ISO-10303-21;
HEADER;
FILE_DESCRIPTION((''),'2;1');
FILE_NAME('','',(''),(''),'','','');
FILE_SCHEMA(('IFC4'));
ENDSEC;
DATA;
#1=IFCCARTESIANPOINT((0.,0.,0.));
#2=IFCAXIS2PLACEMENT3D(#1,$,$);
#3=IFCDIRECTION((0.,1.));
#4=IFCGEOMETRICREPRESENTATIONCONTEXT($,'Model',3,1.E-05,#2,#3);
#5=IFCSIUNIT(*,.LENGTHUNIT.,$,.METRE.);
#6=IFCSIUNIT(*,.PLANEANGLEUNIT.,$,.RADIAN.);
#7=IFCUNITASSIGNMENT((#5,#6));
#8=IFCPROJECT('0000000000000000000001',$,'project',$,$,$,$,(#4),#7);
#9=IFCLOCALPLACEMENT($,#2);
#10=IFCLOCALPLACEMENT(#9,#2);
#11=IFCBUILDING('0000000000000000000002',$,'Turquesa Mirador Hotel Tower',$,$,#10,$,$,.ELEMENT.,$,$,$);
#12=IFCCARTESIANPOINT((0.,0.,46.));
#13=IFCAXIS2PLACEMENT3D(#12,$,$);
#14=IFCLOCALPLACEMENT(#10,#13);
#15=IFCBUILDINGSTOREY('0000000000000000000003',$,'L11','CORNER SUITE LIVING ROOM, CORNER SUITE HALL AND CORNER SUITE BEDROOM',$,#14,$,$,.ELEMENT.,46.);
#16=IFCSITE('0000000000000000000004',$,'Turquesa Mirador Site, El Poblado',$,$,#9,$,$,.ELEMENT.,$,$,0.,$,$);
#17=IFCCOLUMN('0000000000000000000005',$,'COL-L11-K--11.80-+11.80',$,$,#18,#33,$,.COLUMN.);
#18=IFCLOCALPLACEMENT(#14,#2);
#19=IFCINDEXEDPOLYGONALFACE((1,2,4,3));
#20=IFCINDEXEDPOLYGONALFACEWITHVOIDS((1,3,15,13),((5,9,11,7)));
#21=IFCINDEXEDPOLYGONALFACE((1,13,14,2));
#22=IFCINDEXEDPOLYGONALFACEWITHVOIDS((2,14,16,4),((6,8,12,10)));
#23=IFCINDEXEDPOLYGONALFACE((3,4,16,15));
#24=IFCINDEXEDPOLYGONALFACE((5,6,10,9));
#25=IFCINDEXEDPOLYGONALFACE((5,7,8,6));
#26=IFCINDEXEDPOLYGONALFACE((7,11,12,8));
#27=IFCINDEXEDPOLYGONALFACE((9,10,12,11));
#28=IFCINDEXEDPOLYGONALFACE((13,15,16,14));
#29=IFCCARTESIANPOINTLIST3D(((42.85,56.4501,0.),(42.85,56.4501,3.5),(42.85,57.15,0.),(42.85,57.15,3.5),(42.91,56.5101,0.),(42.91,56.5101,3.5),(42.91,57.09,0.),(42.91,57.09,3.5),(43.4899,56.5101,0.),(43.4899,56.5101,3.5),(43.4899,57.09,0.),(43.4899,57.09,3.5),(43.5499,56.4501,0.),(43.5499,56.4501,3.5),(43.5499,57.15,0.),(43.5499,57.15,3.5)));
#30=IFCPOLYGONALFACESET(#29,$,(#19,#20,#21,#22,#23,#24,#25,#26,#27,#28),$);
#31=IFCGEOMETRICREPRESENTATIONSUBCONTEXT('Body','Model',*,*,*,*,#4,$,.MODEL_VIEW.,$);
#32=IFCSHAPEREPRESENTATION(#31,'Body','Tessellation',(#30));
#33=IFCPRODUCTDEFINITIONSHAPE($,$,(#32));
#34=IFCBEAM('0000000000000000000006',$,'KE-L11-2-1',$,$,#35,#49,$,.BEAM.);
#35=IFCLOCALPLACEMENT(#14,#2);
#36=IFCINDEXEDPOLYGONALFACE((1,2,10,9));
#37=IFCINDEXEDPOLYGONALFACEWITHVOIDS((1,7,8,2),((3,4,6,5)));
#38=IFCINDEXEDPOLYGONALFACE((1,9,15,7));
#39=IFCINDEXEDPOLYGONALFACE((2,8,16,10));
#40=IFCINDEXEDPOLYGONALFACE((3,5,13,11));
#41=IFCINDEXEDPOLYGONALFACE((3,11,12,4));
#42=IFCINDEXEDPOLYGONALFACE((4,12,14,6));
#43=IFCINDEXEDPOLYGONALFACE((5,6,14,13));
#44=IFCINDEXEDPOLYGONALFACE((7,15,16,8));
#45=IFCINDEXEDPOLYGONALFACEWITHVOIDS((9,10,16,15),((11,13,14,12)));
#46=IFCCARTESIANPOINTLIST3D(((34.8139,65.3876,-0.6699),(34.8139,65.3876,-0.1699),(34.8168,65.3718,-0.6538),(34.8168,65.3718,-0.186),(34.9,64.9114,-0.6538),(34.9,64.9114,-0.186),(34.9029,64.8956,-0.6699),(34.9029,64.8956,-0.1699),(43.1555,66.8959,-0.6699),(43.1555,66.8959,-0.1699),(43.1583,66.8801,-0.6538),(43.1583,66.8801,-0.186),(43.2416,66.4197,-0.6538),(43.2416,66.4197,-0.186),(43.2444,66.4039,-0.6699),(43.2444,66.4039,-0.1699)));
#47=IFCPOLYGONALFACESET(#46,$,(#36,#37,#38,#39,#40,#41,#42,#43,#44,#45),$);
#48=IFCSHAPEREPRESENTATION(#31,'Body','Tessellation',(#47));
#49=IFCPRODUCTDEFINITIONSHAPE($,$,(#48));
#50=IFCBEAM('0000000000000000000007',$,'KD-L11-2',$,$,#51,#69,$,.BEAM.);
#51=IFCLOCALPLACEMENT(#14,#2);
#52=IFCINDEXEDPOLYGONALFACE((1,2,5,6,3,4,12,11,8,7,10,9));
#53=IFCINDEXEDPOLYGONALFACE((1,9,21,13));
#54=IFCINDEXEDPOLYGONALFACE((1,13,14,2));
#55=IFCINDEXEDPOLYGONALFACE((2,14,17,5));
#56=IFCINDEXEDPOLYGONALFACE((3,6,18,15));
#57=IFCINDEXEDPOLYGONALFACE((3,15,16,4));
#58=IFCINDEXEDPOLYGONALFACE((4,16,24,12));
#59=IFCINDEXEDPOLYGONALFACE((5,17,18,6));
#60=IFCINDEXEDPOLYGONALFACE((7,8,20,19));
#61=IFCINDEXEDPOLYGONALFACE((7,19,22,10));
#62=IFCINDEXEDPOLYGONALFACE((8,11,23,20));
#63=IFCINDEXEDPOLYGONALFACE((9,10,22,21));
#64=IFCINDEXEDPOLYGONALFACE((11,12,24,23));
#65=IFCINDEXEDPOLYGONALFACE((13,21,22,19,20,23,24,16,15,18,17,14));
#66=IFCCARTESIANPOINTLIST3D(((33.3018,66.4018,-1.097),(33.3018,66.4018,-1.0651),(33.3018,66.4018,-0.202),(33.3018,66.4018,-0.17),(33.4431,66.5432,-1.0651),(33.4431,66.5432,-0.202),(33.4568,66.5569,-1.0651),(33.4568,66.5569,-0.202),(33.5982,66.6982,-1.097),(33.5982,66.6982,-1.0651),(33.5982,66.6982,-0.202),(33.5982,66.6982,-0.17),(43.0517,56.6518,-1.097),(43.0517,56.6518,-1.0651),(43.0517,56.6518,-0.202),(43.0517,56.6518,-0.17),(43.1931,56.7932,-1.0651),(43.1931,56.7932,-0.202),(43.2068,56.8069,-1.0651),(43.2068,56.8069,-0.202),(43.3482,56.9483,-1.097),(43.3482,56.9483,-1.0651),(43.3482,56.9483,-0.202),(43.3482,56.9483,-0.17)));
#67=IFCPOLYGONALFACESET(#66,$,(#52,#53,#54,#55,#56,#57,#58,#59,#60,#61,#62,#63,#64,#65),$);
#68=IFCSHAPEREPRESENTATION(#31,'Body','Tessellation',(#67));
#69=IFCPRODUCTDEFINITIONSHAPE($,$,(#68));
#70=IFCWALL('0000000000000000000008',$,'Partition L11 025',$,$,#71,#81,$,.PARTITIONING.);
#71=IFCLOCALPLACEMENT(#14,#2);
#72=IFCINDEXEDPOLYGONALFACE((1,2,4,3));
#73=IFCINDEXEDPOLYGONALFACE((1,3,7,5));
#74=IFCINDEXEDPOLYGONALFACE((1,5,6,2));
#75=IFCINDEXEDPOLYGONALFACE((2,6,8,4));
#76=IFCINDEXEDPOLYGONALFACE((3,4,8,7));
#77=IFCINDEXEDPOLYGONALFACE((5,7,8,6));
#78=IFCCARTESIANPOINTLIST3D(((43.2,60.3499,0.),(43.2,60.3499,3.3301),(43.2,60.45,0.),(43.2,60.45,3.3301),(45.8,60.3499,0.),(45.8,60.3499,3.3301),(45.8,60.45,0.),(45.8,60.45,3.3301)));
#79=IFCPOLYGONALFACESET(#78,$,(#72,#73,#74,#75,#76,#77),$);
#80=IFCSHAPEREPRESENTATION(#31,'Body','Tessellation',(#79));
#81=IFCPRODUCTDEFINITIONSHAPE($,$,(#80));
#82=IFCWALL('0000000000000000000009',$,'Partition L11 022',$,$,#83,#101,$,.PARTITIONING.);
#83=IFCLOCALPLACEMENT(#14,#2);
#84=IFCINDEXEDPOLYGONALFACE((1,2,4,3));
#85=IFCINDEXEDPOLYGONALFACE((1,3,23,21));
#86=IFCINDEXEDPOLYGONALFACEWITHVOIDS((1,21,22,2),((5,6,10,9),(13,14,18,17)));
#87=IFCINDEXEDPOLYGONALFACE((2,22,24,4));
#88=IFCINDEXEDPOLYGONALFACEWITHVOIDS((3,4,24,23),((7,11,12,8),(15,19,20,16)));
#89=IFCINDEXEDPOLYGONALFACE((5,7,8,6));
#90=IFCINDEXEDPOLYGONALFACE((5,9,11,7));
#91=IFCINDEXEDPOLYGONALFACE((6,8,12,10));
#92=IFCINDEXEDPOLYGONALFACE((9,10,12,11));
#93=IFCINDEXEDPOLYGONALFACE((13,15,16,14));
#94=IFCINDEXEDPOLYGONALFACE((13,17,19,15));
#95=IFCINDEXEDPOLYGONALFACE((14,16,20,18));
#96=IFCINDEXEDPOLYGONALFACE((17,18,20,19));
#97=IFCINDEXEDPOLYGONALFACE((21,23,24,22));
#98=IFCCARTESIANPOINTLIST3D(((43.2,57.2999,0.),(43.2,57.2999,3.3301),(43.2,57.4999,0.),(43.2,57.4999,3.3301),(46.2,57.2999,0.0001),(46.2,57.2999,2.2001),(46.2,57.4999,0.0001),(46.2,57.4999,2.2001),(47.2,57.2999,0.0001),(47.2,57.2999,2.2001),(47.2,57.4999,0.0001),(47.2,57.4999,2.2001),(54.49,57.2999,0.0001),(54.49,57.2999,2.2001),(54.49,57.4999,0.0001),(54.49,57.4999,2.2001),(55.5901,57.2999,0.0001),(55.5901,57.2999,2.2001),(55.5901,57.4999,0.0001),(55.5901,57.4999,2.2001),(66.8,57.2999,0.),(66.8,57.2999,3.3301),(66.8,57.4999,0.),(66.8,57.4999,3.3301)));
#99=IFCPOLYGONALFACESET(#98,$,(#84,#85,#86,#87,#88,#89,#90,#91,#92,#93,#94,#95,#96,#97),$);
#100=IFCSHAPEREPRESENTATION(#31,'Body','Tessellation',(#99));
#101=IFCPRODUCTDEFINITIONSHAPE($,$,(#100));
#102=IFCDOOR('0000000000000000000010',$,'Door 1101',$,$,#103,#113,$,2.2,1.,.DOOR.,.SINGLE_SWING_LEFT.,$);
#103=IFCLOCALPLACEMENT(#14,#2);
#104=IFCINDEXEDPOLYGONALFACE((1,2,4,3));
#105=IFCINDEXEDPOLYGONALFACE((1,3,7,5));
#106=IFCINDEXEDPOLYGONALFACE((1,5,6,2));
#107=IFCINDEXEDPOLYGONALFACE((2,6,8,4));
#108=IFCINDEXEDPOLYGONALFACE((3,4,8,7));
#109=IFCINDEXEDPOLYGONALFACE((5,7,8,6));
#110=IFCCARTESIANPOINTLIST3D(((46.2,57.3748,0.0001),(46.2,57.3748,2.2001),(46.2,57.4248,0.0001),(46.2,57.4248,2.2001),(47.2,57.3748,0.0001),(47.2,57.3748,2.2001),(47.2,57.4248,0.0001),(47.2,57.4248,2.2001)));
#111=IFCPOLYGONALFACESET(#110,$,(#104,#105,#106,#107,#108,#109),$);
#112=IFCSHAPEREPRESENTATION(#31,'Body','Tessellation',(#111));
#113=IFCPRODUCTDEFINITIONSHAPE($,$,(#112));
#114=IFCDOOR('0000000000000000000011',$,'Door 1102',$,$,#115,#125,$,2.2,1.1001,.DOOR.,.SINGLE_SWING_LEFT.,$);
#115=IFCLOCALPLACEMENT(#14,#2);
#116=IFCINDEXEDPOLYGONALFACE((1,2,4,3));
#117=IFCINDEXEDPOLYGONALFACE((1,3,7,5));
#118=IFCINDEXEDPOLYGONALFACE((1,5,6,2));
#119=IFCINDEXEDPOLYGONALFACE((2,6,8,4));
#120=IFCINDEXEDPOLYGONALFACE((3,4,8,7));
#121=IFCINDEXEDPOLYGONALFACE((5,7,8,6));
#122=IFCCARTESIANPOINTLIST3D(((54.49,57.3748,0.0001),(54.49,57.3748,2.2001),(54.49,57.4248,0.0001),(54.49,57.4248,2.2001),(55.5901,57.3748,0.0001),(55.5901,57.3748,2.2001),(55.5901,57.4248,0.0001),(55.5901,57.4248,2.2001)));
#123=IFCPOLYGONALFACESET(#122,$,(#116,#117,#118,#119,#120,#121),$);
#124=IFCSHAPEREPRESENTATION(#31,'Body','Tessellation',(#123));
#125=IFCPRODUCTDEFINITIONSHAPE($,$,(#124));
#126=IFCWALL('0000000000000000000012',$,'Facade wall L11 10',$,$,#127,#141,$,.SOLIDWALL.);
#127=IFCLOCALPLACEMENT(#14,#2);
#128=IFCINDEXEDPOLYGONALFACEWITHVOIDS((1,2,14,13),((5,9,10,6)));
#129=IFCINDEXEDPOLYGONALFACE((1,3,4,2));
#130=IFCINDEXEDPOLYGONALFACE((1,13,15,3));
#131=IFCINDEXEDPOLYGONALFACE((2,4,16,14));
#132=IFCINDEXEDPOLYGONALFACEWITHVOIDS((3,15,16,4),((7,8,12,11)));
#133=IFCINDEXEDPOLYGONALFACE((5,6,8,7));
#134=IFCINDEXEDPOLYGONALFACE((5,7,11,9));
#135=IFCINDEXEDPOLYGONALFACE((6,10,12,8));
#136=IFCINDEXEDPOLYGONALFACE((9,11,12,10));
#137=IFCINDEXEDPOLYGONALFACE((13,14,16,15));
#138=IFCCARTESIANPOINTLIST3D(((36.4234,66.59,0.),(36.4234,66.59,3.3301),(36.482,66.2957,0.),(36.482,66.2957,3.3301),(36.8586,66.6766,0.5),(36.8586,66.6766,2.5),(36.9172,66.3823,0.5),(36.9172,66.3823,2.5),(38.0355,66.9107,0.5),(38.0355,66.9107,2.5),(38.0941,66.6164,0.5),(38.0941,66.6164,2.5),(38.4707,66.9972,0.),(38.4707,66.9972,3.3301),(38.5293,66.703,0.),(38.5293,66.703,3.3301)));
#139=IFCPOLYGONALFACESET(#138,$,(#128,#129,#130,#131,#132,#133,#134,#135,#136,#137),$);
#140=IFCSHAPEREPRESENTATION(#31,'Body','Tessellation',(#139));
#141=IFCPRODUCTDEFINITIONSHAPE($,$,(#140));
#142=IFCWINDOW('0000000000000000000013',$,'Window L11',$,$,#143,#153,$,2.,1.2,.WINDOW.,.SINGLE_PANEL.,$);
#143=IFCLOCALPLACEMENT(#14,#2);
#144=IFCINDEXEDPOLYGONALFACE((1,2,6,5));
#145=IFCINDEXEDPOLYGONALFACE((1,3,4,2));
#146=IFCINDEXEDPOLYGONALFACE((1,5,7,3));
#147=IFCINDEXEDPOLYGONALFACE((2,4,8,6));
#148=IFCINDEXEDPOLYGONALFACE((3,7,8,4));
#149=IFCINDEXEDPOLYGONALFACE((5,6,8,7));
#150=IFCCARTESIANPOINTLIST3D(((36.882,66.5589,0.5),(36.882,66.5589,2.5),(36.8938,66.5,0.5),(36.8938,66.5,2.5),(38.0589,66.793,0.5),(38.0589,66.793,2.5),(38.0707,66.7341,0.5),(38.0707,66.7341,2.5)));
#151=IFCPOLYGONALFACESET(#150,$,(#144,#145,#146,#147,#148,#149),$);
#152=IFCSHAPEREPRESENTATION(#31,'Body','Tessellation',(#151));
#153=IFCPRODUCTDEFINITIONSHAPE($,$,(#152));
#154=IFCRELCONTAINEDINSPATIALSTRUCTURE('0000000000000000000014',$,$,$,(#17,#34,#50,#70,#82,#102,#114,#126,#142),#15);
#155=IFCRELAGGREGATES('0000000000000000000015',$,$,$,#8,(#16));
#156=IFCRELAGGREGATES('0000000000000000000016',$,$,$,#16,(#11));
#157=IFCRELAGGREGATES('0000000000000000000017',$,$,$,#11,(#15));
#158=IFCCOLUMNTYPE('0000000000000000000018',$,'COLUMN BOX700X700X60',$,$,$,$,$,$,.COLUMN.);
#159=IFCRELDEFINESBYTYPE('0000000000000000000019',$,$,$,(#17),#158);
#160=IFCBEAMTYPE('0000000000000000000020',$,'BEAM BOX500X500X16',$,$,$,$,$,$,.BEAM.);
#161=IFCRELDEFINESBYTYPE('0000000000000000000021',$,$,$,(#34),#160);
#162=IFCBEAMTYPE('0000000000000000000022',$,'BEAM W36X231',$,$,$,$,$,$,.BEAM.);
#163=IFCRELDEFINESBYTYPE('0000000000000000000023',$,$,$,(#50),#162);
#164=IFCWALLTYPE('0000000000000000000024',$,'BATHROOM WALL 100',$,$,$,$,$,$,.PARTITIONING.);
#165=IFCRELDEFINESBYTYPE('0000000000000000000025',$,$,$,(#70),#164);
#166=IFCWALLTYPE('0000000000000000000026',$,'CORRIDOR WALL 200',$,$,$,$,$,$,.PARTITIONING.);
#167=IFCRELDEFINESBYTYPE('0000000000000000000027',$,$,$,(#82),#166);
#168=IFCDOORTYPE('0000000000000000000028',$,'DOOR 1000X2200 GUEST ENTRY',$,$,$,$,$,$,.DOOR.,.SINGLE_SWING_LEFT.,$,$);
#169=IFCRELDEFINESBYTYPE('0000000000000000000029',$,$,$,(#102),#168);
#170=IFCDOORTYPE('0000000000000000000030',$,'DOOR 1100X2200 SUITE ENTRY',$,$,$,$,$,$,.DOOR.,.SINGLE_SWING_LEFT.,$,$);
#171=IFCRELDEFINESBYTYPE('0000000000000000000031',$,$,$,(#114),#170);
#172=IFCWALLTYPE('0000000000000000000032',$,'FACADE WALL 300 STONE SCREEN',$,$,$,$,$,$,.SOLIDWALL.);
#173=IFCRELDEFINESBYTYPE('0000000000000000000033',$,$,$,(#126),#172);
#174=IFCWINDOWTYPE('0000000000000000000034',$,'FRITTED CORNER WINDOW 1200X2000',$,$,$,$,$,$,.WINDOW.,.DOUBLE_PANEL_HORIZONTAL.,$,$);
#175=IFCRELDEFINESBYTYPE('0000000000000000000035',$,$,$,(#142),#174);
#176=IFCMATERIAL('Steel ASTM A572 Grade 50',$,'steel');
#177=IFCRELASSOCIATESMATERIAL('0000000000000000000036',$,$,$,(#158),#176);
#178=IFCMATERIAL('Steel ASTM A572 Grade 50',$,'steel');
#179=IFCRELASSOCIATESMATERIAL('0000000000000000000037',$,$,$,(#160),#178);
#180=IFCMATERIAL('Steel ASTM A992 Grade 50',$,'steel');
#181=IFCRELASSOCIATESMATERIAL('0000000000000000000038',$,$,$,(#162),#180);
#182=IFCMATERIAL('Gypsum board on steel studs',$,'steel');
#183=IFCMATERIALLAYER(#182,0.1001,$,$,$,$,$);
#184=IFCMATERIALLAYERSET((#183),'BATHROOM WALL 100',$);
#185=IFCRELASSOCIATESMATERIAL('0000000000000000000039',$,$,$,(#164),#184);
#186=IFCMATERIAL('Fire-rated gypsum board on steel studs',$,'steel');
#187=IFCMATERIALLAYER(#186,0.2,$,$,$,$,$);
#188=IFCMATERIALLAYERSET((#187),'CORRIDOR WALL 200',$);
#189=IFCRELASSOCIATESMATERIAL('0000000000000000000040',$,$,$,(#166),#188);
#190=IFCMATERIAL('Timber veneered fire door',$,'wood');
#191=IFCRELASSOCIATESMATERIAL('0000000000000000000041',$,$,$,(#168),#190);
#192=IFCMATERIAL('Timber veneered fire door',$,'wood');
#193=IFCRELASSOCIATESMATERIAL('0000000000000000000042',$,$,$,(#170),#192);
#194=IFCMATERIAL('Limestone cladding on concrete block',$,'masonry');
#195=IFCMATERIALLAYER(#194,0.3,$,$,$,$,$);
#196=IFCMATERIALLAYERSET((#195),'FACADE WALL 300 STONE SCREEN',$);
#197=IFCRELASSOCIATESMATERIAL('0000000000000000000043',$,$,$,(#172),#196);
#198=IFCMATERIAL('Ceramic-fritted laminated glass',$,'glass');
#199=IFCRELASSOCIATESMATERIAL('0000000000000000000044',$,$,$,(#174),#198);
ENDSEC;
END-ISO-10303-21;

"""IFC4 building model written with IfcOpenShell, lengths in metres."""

from ifc_helpers import new_model, si_unit, direction, frame, frame_2d, origin, origin_2d, place, context, subcontext, project, spatial, rectangle, hollow_rectangle, i_section, extrude, material, layer, layer_set, material_profile, profile_set, type_object, element, fill, save


model = new_model("IFC4")

# Units and contexts
model_context = context("Model", 3, precision=1e-05, world=origin(), true_north=direction((0.0, 1.0)))
body_context = subcontext(model_context, "Body", "Model", "MODEL_VIEW")
ifc_project = project(units=[si_unit("LENGTHUNIT", "METRE"), si_unit("PLANEANGLEUNIT", "RADIAN")], contexts=[model_context])

# Site, building, storey
site_placement = place(None, origin())
site = spatial("IfcSite", under=ifc_project, at=site_placement, Name="Turquesa Mirador Site, El Poblado", CompositionType="ELEMENT", RefElevation=0.0)
building_placement = place(site_placement, origin())
building = spatial("IfcBuilding", under=site, at=building_placement, Name="Turquesa Mirador Hotel Tower", CompositionType="ELEMENT")
storey_placement = place(building_placement, frame((0.0, 0.0, 46.0)))
storey = spatial("IfcBuildingStorey", under=building, at=storey_placement, Name="L11", Description="CORNER SUITE LIVING ROOM, CORNER SUITE HALL AND CORNER SUITE BEDROOM", CompositionType="ELEMENT", Elevation=46.0)

# Column
ifc_material_1 = material(Name="Steel ASTM A572 Grade 50", Category="steel")
ifc_material_profile_1 = material_profile(ifc_material_1, hollow_rectangle(XDim=0.7, YDim=0.7, WallThickness=0.0601, at=origin_2d()), Name="BOX700X700X60")
ifc_profile_set_1 = profile_set([ifc_material_profile_1], Name="Steel ASTM A572 Grade 50")
column_type = type_object("IfcColumnType", Name="COLUMN BOX700X700X60", PredefinedType="COLUMN", material=ifc_profile_set_1)
column_placement = place(storey_placement, frame((43.2, 56.8, 0.0), z_axis=(0.0, 0.0, 1.0), x_axis=(1.0, 0.0, 0.0)))
element("IfcColumn", 1, at=column_placement, inside=storey, type_object=column_type, Name="COL-L11-K--11.80-+11.80", PredefinedType="COLUMN", context=body_context, shape_type="SweptSolid", body=[
    extrude(hollow_rectangle(XDim=0.7, YDim=0.7, WallThickness=0.0601, at=origin_2d()), origin(), (0.0, 0.0, 1.0), 3.5),
])

# Beams
ifc_material_2 = material(Name="Steel ASTM A572 Grade 50", Category="steel")
ifc_material_profile_2 = material_profile(ifc_material_2, hollow_rectangle(XDim=0.5, YDim=0.5, WallThickness=0.0161, at=origin_2d()), Name="BOX500X500X16")
ifc_profile_set_2 = profile_set([ifc_material_profile_2], Name="Steel ASTM A572 Grade 50")
beam_type_1 = type_object("IfcBeamType", Name="BEAM BOX500X500X16", PredefinedType="BEAM", material=ifc_profile_set_2)
beam_1_placement = place(storey_placement, frame((34.8584, 65.1416, -0.4199), z_axis=(0.984043, 0.177932, 0.0), x_axis=(-0.177932, 0.984043, 0.0)))
element("IfcBeam", 2, at=beam_1_placement, inside=storey, type_object=beam_type_1, Name="KE-L11-2-1", PredefinedType="BEAM", context=body_context, shape_type="SweptSolid", body=[
    extrude(hollow_rectangle(XDim=0.5, YDim=0.5, WallThickness=0.0161, at=origin_2d()), origin(), (0.0, 0.0, 1.0), 8.4768),
])
ifc_material_3 = material(Name="Steel ASTM A992 Grade 50", Category="steel")
ifc_material_profile_3 = material_profile(ifc_material_3, i_section(OverallWidth=0.4192, OverallDepth=0.927, WebThickness=0.0193, FlangeThickness=0.032, at=origin_2d()), Name="W36X231")
ifc_profile_set_3 = profile_set([ifc_material_profile_3], Name="Steel ASTM A992 Grade 50")
beam_type_2 = type_object("IfcBeamType", Name="BEAM W36X231", PredefinedType="BEAM", material=ifc_profile_set_3)
beam_2_placement = place(storey_placement, frame((43.2, 56.8, -0.6335), z_axis=(-0.707107, 0.707107, 0.0), x_axis=(-0.707107, -0.707107, 0.0)))
element("IfcBeam", 3, at=beam_2_placement, inside=storey, type_object=beam_type_2, Name="KD-L11-2", PredefinedType="BEAM", context=body_context, shape_type="SweptSolid", body=[
    extrude(i_section(OverallWidth=0.4192, OverallDepth=0.927, WebThickness=0.0193, FlangeThickness=0.032, at=origin_2d()), origin(), (0.0, 0.0, 1.0), 13.7886),
])

# Wall
ifc_material_4 = material(Name="Gypsum board on steel studs", Category="steel")
ifc_layer_1 = layer(ifc_material_4, 0.1001)
ifc_layer_set_1 = layer_set([ifc_layer_1], Name="BATHROOM WALL 100")
wall_type_1 = type_object("IfcWallType", Name="BATHROOM WALL 100", PredefinedType="PARTITIONING", material=ifc_layer_set_1)
wall_1_placement = place(storey_placement, frame((43.2, 60.3999, 0.0), z_axis=(0.0, 0.0, 1.0), x_axis=(1.0, 0.0, 0.0)))
element("IfcWall", 4, at=wall_1_placement, inside=storey, type_object=wall_type_1, Name="Partition L11 025", PredefinedType="PARTITIONING", context=body_context, shape_type="SweptSolid", body=[
    extrude(rectangle(XDim=2.6001, YDim=0.1001, at=frame_2d((1.3, 0.0))), origin(), (0.0, 0.0, 1.0), 3.3301),
])

# Wall, openings, doors
ifc_material_5 = material(Name="Fire-rated gypsum board on steel studs", Category="steel")
ifc_layer_2 = layer(ifc_material_5, 0.2)
ifc_layer_set_2 = layer_set([ifc_layer_2], Name="CORRIDOR WALL 200")
wall_type_2 = type_object("IfcWallType", Name="CORRIDOR WALL 200", PredefinedType="PARTITIONING", material=ifc_layer_set_2)
wall_2_placement = place(storey_placement, frame((43.2, 57.3999, 0.0), z_axis=(0.0, 0.0, 1.0), x_axis=(1.0, 0.0, 0.0)))
wall_2 = element("IfcWall", 5, at=wall_2_placement, inside=storey, type_object=wall_type_2, Name="Partition L11 022", PredefinedType="PARTITIONING", context=body_context, shape_type="SweptSolid", body=[
    extrude(rectangle(XDim=23.6001, YDim=0.2, at=frame_2d((11.8, 0.0))), origin(), (0.0, 0.0, 1.0), 3.3301),
])
opening_1_placement = place(wall_2_placement, frame((3.0, 0.0, 0.0)))
opening_1 = element("IfcOpeningElement", 6, at=opening_1_placement, cuts=wall_2, PredefinedType="OPENING", context=body_context, shape_type="SweptSolid", body=[
    extrude(rectangle(XDim=1.0, YDim=2.2, at=frame_2d((0.5, 1.1001))), frame((0.0, 0.1099, 0.0), z_axis=(0.0, -1.0, 0.0), x_axis=(1.0, 0.0, 0.0)), (0.0, 0.0, 1.0), 0.22),
])
opening_2_placement = place(wall_2_placement, frame((11.29, 0.0, 0.0)))
opening_2 = element("IfcOpeningElement", 7, at=opening_2_placement, cuts=wall_2, PredefinedType="OPENING", context=body_context, shape_type="SweptSolid", body=[
    extrude(rectangle(XDim=1.1001, YDim=2.2, at=frame_2d((0.55, 1.1001))), frame((0.0, 0.1099, 0.0), z_axis=(0.0, -1.0, 0.0), x_axis=(1.0, 0.0, 0.0)), (0.0, 0.0, 1.0), 0.22),
])
ifc_material_6 = material(Name="Timber veneered fire door", Category="wood")
door_type_1 = type_object("IfcDoorType", Name="DOOR 1000X2200 GUEST ENTRY", OperationType="SINGLE_SWING_LEFT", PredefinedType="DOOR", material=ifc_material_6)
door_1_placement = place(opening_1_placement, origin())
door_1 = element("IfcDoor", 8, at=door_1_placement, inside=storey, type_object=door_type_1, Name="Door 1101", OperationType="SINGLE_SWING_LEFT", OverallHeight=2.2, OverallWidth=1.0, PredefinedType="DOOR", context=body_context, shape_type="SweptSolid", body=[
    extrude(rectangle(XDim=1.0, YDim=2.2, at=frame_2d((0.5, 1.1001))), frame((0.0, 0.0249, 0.0), z_axis=(0.0, -1.0, 0.0), x_axis=(1.0, 0.0, 0.0)), (0.0, 0.0, 1.0), 0.05),
])
fill(opening_1, door_1)
ifc_material_7 = material(Name="Timber veneered fire door", Category="wood")
door_type_2 = type_object("IfcDoorType", Name="DOOR 1100X2200 SUITE ENTRY", OperationType="SINGLE_SWING_LEFT", PredefinedType="DOOR", material=ifc_material_7)
door_2_placement = place(opening_2_placement, origin())
door_2 = element("IfcDoor", 9, at=door_2_placement, inside=storey, type_object=door_type_2, Name="Door 1102", OperationType="SINGLE_SWING_LEFT", OverallHeight=2.2, OverallWidth=1.1001, PredefinedType="DOOR", context=body_context, shape_type="SweptSolid", body=[
    extrude(rectangle(XDim=1.1001, YDim=2.2, at=frame_2d((0.55, 1.1001))), frame((0.0, 0.0249, 0.0), z_axis=(0.0, -1.0, 0.0), x_axis=(1.0, 0.0, 0.0)), (0.0, 0.0, 1.0), 0.05),
])
fill(opening_2, door_2)

# Wall, opening, window
ifc_material_8 = material(Name="Limestone cladding on concrete block", Category="masonry")
ifc_layer_3 = layer(ifc_material_8, 0.3)
ifc_layer_set_3 = layer_set([ifc_layer_3], Name="FACADE WALL 300 STONE SCREEN")
wall_type_3 = type_object("IfcWallType", Name="FACADE WALL 300 STONE SCREEN", PredefinedType="SOLIDWALL", material=ifc_layer_set_3)
wall_3_placement = place(storey_placement, frame((38.5, 66.8501, 0.0), z_axis=(0.0, 0.0, 1.0), x_axis=(-0.980787, -0.195081, 0.0)))
wall_3 = element("IfcWall", 10, at=wall_3_placement, inside=storey, type_object=wall_type_3, Name="Facade wall L11 10", PredefinedType="SOLIDWALL", context=body_context, shape_type="SweptSolid", body=[
    extrude(rectangle(XDim=2.0874, YDim=0.3, at=frame_2d((1.0437, 0.0))), origin(), (0.0, 0.0, 1.0), 3.3301),
])
opening_3_placement = place(wall_3_placement, frame((0.4436, 0.0, 0.5)))
opening_3 = element("IfcOpeningElement", 11, at=opening_3_placement, cuts=wall_3, PredefinedType="OPENING", context=body_context, shape_type="SweptSolid", body=[
    extrude(rectangle(XDim=1.2, YDim=2.0, at=frame_2d((0.6001, 1.0))), frame((0.0, 0.1599, 0.0), z_axis=(0.0, -1.0, 0.0), x_axis=(1.0, 0.0, 0.0)), (0.0, 0.0, 1.0), 0.3201),
])
ifc_material_9 = material(Name="Ceramic-fritted laminated glass", Category="glass")
window_type = type_object("IfcWindowType", Name="FRITTED CORNER WINDOW 1200X2000", PartitioningType="DOUBLE_PANEL_HORIZONTAL", PredefinedType="WINDOW", material=ifc_material_9)
window_1_placement = place(opening_3_placement, origin())
window_1 = element("IfcWindow", 12, at=window_1_placement, inside=storey, type_object=window_type, Name="Window L11", OverallHeight=2.0, OverallWidth=1.2, PartitioningType="SINGLE_PANEL", PredefinedType="WINDOW", context=body_context, shape_type="SweptSolid", body=[
    extrude(rectangle(XDim=1.2, YDim=2.0, at=frame_2d((0.6001, 1.0))), frame((0.0, 0.03, 0.0), z_axis=(0.0, -1.0, 0.0), x_axis=(1.0, 0.0, 0.0)), (0.0, 0.0, 1.0), 0.0601),
])
fill(opening_3, window_1)

save(model, "model.ifc")
